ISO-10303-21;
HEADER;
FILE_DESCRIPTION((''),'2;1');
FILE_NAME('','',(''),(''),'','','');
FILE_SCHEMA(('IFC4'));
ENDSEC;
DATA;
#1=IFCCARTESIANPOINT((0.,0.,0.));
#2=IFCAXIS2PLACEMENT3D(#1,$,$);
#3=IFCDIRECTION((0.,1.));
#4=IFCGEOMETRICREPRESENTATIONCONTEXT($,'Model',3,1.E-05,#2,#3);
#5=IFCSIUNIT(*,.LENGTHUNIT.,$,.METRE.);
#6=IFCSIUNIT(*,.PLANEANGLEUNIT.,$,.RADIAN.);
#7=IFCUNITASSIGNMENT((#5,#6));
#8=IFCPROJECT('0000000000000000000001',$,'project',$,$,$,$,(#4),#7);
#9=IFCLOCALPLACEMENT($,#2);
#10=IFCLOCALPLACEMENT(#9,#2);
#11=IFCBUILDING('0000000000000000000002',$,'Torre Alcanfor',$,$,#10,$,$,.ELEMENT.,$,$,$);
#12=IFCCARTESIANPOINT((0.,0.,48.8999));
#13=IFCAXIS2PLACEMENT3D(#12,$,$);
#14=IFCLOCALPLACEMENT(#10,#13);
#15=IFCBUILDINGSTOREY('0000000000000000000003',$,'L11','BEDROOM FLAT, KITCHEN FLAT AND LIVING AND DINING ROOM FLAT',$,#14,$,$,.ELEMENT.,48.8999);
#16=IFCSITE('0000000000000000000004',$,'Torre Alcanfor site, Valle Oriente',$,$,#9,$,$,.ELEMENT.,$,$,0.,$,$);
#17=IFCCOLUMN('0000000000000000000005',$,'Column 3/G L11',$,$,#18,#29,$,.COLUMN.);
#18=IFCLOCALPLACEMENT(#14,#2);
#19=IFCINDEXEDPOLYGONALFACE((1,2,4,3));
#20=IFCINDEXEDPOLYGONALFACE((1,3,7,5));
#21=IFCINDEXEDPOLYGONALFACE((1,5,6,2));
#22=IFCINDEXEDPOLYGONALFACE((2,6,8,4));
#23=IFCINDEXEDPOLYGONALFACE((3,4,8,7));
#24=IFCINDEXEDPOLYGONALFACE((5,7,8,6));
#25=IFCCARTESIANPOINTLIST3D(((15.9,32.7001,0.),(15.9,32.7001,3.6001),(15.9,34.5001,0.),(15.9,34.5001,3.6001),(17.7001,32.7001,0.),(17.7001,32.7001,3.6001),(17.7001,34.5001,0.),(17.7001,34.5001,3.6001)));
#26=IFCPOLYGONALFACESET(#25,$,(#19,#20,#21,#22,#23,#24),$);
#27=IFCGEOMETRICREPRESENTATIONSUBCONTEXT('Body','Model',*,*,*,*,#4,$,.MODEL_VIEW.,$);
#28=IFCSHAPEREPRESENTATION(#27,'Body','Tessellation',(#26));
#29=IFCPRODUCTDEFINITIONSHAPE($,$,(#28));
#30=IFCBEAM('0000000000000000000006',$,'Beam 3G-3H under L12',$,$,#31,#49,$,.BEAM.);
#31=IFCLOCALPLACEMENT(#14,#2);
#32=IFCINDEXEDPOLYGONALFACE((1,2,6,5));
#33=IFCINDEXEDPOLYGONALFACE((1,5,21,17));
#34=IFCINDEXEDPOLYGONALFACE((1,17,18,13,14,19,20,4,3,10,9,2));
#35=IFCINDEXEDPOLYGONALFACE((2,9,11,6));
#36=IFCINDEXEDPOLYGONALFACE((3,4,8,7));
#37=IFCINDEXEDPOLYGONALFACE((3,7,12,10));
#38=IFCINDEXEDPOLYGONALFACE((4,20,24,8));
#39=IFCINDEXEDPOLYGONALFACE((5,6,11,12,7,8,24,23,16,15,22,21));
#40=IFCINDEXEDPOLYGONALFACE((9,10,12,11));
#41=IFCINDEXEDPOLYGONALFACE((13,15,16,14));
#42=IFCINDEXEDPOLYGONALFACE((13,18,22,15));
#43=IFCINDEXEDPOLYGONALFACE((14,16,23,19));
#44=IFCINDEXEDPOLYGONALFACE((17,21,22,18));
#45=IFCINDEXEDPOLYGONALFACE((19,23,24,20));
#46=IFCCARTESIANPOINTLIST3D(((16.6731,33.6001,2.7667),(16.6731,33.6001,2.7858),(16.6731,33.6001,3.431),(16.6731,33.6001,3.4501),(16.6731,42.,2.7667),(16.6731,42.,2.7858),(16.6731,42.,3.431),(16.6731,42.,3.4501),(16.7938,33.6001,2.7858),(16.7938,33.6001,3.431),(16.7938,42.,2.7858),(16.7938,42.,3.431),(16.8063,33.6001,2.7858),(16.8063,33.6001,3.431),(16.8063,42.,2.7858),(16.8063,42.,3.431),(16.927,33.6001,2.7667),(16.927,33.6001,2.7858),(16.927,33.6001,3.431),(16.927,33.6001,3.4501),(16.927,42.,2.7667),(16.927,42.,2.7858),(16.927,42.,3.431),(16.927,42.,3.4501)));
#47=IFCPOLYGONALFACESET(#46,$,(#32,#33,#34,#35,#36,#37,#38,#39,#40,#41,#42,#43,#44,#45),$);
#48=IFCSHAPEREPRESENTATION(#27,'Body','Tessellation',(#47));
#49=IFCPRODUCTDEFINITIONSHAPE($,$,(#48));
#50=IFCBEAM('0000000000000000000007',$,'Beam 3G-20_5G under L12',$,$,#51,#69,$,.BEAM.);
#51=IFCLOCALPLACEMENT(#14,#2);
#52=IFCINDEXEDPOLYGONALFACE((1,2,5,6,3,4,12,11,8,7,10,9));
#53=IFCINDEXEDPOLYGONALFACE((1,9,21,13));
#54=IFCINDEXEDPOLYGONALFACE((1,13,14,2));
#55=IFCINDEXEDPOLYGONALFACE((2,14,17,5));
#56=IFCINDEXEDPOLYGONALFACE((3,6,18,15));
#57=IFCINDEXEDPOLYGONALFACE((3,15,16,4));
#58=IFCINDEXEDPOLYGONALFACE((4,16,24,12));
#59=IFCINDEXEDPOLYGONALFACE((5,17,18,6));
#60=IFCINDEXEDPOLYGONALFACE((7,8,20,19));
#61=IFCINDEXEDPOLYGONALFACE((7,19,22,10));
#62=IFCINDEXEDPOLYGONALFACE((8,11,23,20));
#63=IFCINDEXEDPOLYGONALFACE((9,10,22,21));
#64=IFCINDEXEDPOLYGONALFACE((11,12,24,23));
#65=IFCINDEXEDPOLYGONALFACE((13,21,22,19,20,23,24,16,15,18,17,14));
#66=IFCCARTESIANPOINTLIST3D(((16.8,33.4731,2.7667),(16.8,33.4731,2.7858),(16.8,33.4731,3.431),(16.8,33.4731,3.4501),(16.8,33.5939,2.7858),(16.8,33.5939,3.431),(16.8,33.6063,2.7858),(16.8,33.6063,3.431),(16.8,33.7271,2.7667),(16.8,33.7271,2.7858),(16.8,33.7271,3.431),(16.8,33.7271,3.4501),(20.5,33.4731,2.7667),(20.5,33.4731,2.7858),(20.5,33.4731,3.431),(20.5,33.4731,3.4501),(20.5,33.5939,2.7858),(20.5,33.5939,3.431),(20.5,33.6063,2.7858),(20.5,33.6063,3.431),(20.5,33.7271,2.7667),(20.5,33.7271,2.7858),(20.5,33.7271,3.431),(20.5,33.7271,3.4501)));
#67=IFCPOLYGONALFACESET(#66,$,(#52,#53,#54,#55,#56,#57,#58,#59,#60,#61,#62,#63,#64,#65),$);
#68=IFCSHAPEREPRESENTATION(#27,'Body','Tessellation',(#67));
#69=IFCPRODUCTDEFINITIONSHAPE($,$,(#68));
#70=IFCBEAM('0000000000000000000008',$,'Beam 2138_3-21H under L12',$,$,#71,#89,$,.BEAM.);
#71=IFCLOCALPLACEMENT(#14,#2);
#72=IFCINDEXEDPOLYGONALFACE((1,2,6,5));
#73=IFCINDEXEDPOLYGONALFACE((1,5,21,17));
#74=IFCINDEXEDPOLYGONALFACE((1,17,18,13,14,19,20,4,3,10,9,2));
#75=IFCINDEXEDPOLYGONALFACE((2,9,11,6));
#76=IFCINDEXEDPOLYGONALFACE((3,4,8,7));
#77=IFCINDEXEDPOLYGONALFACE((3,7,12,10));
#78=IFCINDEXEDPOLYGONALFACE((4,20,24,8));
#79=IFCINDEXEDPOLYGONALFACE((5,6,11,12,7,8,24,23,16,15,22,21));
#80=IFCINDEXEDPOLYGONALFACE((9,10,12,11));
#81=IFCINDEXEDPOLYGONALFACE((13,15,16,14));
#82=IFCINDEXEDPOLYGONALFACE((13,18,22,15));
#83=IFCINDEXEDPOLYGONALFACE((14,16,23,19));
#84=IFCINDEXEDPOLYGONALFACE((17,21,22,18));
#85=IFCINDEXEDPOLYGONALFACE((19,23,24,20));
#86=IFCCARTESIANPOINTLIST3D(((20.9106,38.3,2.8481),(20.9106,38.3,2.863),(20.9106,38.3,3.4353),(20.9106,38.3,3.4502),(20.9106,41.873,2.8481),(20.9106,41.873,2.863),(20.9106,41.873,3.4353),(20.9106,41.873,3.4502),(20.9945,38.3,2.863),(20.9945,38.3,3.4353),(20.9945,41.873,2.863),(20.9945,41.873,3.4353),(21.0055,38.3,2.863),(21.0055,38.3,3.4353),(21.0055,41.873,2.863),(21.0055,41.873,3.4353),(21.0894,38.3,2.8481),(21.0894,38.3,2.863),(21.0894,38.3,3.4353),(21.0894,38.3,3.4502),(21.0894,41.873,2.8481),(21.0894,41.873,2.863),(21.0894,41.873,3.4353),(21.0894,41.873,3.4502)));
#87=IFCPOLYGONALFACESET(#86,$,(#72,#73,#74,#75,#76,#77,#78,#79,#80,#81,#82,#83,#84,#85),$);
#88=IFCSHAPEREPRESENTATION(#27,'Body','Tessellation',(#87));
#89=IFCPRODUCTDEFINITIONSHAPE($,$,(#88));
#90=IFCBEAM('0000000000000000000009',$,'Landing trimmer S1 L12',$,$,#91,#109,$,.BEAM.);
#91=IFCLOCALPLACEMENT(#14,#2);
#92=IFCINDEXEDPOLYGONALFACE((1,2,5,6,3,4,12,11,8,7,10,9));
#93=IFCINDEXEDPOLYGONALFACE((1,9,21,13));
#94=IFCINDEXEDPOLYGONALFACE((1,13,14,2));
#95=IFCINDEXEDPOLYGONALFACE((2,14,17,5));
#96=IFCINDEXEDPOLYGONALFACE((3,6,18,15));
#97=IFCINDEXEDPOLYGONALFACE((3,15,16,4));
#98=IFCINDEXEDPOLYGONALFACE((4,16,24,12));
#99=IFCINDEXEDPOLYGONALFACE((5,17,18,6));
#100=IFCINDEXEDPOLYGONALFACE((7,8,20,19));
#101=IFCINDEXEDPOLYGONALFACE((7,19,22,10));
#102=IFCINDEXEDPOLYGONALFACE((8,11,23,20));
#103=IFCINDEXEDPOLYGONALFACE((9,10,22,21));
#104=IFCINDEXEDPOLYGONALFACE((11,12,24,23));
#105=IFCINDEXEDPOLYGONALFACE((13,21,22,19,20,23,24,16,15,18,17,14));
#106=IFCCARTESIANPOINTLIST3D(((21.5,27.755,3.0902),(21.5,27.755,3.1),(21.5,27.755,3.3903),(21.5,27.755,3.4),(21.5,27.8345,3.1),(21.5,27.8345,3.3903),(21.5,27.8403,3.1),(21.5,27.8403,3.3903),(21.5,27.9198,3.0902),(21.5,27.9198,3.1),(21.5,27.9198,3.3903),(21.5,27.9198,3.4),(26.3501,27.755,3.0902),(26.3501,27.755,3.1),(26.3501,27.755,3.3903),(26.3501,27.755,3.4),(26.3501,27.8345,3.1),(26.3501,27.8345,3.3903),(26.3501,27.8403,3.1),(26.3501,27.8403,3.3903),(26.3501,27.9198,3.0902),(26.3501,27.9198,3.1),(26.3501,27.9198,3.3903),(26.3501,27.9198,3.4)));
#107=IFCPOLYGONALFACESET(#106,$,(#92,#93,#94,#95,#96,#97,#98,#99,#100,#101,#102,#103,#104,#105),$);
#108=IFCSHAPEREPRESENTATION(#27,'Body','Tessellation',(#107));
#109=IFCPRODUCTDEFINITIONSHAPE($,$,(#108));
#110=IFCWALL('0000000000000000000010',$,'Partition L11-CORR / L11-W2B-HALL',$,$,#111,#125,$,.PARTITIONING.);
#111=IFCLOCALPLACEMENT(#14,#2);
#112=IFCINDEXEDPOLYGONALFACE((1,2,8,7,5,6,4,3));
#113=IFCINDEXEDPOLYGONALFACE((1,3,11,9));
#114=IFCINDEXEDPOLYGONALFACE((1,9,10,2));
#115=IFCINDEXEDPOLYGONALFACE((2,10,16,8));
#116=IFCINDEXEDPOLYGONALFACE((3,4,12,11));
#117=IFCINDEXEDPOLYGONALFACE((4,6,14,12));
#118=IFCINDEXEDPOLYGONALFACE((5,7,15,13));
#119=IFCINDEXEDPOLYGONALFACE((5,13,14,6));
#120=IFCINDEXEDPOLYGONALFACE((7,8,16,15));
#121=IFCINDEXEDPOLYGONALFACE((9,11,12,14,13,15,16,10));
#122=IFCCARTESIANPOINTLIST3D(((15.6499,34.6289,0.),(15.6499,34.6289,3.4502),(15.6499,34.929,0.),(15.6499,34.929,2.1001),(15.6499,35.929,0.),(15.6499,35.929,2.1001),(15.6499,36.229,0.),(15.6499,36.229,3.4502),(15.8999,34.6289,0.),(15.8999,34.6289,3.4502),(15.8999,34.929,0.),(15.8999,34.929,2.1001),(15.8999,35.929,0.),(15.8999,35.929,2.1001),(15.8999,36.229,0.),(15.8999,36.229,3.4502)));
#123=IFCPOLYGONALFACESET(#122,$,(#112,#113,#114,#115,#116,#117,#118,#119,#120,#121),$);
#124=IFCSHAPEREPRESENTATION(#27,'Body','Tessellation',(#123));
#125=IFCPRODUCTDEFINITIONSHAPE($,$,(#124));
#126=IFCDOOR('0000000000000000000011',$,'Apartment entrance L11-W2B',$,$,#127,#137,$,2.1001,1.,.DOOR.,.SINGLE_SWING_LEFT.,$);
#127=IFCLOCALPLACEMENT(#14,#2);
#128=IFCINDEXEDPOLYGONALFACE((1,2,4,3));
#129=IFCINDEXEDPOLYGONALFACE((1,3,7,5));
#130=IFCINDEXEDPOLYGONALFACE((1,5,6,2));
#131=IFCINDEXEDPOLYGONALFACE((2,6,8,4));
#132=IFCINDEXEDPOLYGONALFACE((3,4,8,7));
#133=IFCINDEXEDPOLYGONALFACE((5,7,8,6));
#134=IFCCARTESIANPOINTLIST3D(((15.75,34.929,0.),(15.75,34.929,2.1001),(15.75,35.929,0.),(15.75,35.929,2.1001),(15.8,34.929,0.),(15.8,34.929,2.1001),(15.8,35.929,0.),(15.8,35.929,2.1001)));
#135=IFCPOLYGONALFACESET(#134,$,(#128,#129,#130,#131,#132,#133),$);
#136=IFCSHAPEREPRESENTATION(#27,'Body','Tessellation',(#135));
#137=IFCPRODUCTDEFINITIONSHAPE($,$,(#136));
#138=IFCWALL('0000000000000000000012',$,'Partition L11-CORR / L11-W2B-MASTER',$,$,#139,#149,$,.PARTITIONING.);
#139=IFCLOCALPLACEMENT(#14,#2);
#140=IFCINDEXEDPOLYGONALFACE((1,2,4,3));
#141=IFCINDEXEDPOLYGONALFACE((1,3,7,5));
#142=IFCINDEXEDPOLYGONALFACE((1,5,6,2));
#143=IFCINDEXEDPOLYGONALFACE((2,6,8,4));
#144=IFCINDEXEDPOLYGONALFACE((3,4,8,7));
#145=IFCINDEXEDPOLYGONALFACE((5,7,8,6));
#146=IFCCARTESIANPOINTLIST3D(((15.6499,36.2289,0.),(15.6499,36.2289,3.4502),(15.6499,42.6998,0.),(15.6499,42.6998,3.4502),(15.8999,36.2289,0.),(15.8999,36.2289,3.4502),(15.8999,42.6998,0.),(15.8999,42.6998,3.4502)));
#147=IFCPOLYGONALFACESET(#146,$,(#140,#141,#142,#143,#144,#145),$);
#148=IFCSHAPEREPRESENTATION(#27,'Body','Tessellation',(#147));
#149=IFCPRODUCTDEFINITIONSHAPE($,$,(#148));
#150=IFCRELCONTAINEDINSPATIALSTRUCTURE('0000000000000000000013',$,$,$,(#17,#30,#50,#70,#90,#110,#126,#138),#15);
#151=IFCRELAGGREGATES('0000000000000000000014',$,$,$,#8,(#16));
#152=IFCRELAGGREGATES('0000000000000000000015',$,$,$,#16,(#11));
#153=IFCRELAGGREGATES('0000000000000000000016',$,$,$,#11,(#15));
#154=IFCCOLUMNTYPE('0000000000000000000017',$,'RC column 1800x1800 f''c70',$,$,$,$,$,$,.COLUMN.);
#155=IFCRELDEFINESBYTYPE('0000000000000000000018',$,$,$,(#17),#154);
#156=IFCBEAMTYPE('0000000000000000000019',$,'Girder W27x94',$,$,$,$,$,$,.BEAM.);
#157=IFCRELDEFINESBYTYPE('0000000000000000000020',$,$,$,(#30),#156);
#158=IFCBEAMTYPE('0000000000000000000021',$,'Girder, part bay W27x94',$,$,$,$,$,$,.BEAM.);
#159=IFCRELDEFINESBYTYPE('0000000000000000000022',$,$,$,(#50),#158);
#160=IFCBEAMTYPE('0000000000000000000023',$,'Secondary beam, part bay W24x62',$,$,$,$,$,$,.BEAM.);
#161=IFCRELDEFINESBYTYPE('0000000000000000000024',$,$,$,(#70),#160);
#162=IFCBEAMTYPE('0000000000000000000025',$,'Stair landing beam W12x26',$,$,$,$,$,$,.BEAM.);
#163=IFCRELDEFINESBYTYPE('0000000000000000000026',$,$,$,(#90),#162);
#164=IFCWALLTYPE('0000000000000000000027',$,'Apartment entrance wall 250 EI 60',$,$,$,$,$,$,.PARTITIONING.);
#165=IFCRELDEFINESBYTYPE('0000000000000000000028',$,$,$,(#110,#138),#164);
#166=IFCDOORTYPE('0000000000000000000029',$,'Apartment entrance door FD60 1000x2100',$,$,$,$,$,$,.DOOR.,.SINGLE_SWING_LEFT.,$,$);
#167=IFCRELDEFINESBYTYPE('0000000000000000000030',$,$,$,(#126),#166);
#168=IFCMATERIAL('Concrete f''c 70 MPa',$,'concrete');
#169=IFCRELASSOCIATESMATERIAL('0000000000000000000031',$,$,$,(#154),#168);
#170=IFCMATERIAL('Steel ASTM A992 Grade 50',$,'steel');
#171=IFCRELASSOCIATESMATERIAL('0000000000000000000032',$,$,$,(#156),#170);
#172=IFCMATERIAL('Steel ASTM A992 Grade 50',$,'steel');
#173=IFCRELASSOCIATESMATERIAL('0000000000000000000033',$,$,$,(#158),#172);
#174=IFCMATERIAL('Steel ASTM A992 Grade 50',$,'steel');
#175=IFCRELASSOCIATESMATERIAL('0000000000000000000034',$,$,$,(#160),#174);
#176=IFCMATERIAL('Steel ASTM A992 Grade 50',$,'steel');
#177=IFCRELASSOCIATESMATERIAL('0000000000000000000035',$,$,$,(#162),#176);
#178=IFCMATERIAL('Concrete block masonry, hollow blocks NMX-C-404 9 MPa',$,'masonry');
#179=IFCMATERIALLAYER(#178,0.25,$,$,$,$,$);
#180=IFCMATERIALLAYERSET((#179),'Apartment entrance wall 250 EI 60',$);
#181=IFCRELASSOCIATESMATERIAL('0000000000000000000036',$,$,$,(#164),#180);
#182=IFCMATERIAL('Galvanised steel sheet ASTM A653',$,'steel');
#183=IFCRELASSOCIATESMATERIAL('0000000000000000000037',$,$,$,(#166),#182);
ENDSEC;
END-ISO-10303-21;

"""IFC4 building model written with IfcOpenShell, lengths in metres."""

from ifc_helpers import new_model, si_unit, direction, frame, frame_2d, origin, origin_2d, place, context, subcontext, project, spatial, rectangle, i_section, extrude, material, layer, layer_set, material_profile, profile_set, type_object, element, fill, save


model = new_model("IFC4")

# Units and contexts
model_context = context("Model", 3, precision=1e-05, world=origin(), true_north=direction((0.0, 1.0)))
body_context = subcontext(model_context, "Body", "Model", "MODEL_VIEW")
ifc_project = project(units=[si_unit("LENGTHUNIT", "METRE"), si_unit("PLANEANGLEUNIT", "RADIAN")], contexts=[model_context])

# Site, building, storey
site_placement = place(None, origin())
site = spatial("IfcSite", under=ifc_project, at=site_placement, Name="Torre Alcanfor site, Valle Oriente", CompositionType="ELEMENT", RefElevation=0.0)
building_placement = place(site_placement, origin())
building = spatial("IfcBuilding", under=site, at=building_placement, Name="Torre Alcanfor", CompositionType="ELEMENT")
storey_placement = place(building_placement, frame((0.0, 0.0, 48.8999)))
storey = spatial("IfcBuildingStorey", under=building, at=storey_placement, Name="L11", Description="BEDROOM FLAT, KITCHEN FLAT AND LIVING AND DINING ROOM FLAT", CompositionType="ELEMENT", Elevation=48.8999)

# Column
ifc_material_1 = material(Name="Concrete f'c 70 MPa", Category="concrete")
ifc_material_profile_1 = material_profile(ifc_material_1, rectangle(XDim=1.8, YDim=1.8, at=origin_2d()), Name="1800x1800")
ifc_profile_set_1 = profile_set([ifc_material_profile_1], Name="Concrete f'c 70 MPa")
column_type = type_object("IfcColumnType", Name="RC column 1800x1800 f'c70", PredefinedType="COLUMN", material=ifc_profile_set_1)
column_placement = place(storey_placement, frame((16.8, 33.6001, 0.0), z_axis=(0.0, 0.0, 1.0), x_axis=(1.0, 0.0, 0.0)))
element("IfcColumn", 1, at=column_placement, inside=storey, type_object=column_type, Name="Column 3/G L11", PredefinedType="COLUMN", context=body_context, shape_type="SweptSolid", body=[
    extrude(rectangle(XDim=1.8, YDim=1.8, at=origin_2d()), origin(), (0.0, 0.0, 1.0), 3.6001),
])

# Beams
ifc_material_2 = material(Name="Steel ASTM A992 Grade 50", Category="steel")
ifc_material_profile_2 = material_profile(ifc_material_2, i_section(OverallWidth=0.2539, OverallDepth=0.6833, WebThickness=0.0125, FlangeThickness=0.019, at=origin_2d()), Name="W27x94")
ifc_profile_set_2 = profile_set([ifc_material_profile_2], Name="Steel ASTM A992 Grade 50")
beam_type_1 = type_object("IfcBeamType", Name="Girder W27x94", PredefinedType="BEAM", material=ifc_profile_set_2)
beam_1_placement = place(storey_placement, frame((16.8, 33.6001, 3.1084), z_axis=(0.0, 1.0, 0.0), x_axis=(-1.0, 0.0, 0.0)))
element("IfcBeam", 2, at=beam_1_placement, inside=storey, type_object=beam_type_1, Name="Beam 3G-3H under L12", PredefinedType="BEAM", context=body_context, shape_type="SweptSolid", body=[
    extrude(i_section(OverallWidth=0.2539, OverallDepth=0.6833, WebThickness=0.0125, FlangeThickness=0.019, at=origin_2d()), origin(), (0.0, 0.0, 1.0), 8.3999),
])
ifc_material_3 = material(Name="Steel ASTM A992 Grade 50", Category="steel")
ifc_material_profile_3 = material_profile(ifc_material_3, i_section(OverallWidth=0.2539, OverallDepth=0.6833, WebThickness=0.0125, FlangeThickness=0.019, at=origin_2d()), Name="W27x94")
ifc_profile_set_3 = profile_set([ifc_material_profile_3], Name="Steel ASTM A992 Grade 50")
beam_type_2 = type_object("IfcBeamType", Name="Girder, part bay W27x94", PredefinedType="BEAM", material=ifc_profile_set_3)
beam_2_placement = place(storey_placement, frame((16.8, 33.6001, 3.1084), z_axis=(1.0, 0.0, 0.0), x_axis=(0.0, 1.0, 0.0)))
element("IfcBeam", 3, at=beam_2_placement, inside=storey, type_object=beam_type_2, Name="Beam 3G-20_5G under L12", PredefinedType="BEAM", context=body_context, shape_type="SweptSolid", body=[
    extrude(i_section(OverallWidth=0.2539, OverallDepth=0.6833, WebThickness=0.0125, FlangeThickness=0.019, at=origin_2d()), origin(), (0.0, 0.0, 1.0), 3.7),
])
ifc_material_4 = material(Name="Steel ASTM A992 Grade 50", Category="steel")
ifc_material_profile_4 = material_profile(ifc_material_4, i_section(OverallWidth=0.1787, OverallDepth=0.6021, WebThickness=0.011, FlangeThickness=0.0149, at=origin_2d()), Name="W24x62")
ifc_profile_set_4 = profile_set([ifc_material_profile_4], Name="Steel ASTM A992 Grade 50")
beam_type_3 = type_object("IfcBeamType", Name="Secondary beam, part bay W24x62", PredefinedType="BEAM", material=ifc_profile_set_4)
beam_3_placement = place(storey_placement, frame((21.0, 38.3, 3.1492), z_axis=(0.0, 1.0, 0.0), x_axis=(-1.0, 0.0, 0.0)))
element("IfcBeam", 4, at=beam_3_placement, inside=storey, type_object=beam_type_3, Name="Beam 2138_3-21H under L12", PredefinedType="BEAM", context=body_context, shape_type="SweptSolid", body=[
    extrude(i_section(OverallWidth=0.1787, OverallDepth=0.6021, WebThickness=0.011, FlangeThickness=0.0149, at=origin_2d()), origin(), (0.0, 0.0, 1.0), 3.573),
])
ifc_material_5 = material(Name="Steel ASTM A992 Grade 50", Category="steel")
ifc_material_profile_5 = material_profile(ifc_material_5, i_section(OverallWidth=0.1648, OverallDepth=0.3098, WebThickness=0.0059, FlangeThickness=0.0098, at=origin_2d()), Name="W12x26")
ifc_profile_set_5 = profile_set([ifc_material_profile_5], Name="Steel ASTM A992 Grade 50")
beam_type_4 = type_object("IfcBeamType", Name="Stair landing beam W12x26", PredefinedType="BEAM", material=ifc_profile_set_5)
beam_4_placement = place(storey_placement, frame((21.5, 27.8374, 3.2451), z_axis=(1.0, 0.0, 0.0), x_axis=(0.0, 1.0, 0.0)))
element("IfcBeam", 5, at=beam_4_placement, inside=storey, type_object=beam_type_4, Name="Landing trimmer S1 L12", PredefinedType="BEAM", context=body_context, shape_type="SweptSolid", body=[
    extrude(i_section(OverallWidth=0.1648, OverallDepth=0.3098, WebThickness=0.0059, FlangeThickness=0.0098, at=origin_2d()), origin(), (0.0, 0.0, 1.0), 4.8501),
])

# Wall, opening, door
ifc_material_6 = material(Name="Concrete block masonry, hollow blocks NMX-C-404 9 MPa", Category="masonry")
ifc_layer_1 = layer(ifc_material_6, 0.25)
ifc_layer_set_1 = layer_set([ifc_layer_1], Name="Apartment entrance wall 250 EI 60")
wall_type_1 = type_object("IfcWallType", Name="Apartment entrance wall 250 EI 60", PredefinedType="PARTITIONING", material=ifc_layer_set_1)
wall_1_placement = place(storey_placement, frame((15.7749, 34.6289, 0.0), z_axis=(0.0, 0.0, 1.0), x_axis=(0.0, 1.0, 0.0)))
wall_1 = element("IfcWall", 6, at=wall_1_placement, inside=storey, type_object=wall_type_1, Name="Partition L11-CORR / L11-W2B-HALL", PredefinedType="PARTITIONING", context=body_context, shape_type="SweptSolid", body=[
    extrude(rectangle(XDim=1.6001, YDim=0.25, at=frame_2d((0.8, 0.0))), origin(), (0.0, 0.0, 1.0), 3.4502),
])
opening_1_placement = place(wall_1_placement, frame((0.3, 0.0, 0.0)))
opening_1 = element("IfcOpeningElement", 7, at=opening_1_placement, cuts=wall_1, PredefinedType="OPENING", context=body_context, shape_type="SweptSolid", body=[
    extrude(rectangle(XDim=1.0, YDim=2.1001, at=frame_2d((0.5, 1.05))), frame((0.0, 0.135, 0.0), z_axis=(0.0, -1.0, 0.0), x_axis=(1.0, 0.0, 0.0)), (0.0, 0.0, 1.0), 0.27),
])
ifc_material_7 = material(Name="Galvanised steel sheet ASTM A653", Category="steel")
door_type_1 = type_object("IfcDoorType", Name="Apartment entrance door FD60 1000x2100", OperationType="SINGLE_SWING_LEFT", PredefinedType="DOOR", material=ifc_material_7)
door_1_placement = place(opening_1_placement, origin())
door_1 = element("IfcDoor", 8, at=door_1_placement, inside=storey, type_object=door_type_1, Name="Apartment entrance L11-W2B", OperationType="SINGLE_SWING_LEFT", OverallHeight=2.1001, OverallWidth=1.0, PredefinedType="DOOR", context=body_context, shape_type="SweptSolid", body=[
    extrude(rectangle(XDim=1.0, YDim=2.1001, at=frame_2d((0.5, 1.05))), frame((0.0, 0.0249, 0.0), z_axis=(0.0, -1.0, 0.0), x_axis=(1.0, 0.0, 0.0)), (0.0, 0.0, 1.0), 0.05),
])
fill(opening_1, door_1)

# Wall
wall_2_placement = place(storey_placement, frame((15.7749, 36.229, 0.0), z_axis=(0.0, 0.0, 1.0), x_axis=(0.0, 1.0, 0.0)))
element("IfcWall", 9, at=wall_2_placement, inside=storey, type_object=wall_type_1, Name="Partition L11-CORR / L11-W2B-MASTER", PredefinedType="PARTITIONING", context=body_context, shape_type="SweptSolid", body=[
    extrude(rectangle(XDim=6.4709, YDim=0.25, at=frame_2d((3.2354, 0.0))), origin(), (0.0, 0.0, 1.0), 3.4502),
])

save(model, "model.ifc")
